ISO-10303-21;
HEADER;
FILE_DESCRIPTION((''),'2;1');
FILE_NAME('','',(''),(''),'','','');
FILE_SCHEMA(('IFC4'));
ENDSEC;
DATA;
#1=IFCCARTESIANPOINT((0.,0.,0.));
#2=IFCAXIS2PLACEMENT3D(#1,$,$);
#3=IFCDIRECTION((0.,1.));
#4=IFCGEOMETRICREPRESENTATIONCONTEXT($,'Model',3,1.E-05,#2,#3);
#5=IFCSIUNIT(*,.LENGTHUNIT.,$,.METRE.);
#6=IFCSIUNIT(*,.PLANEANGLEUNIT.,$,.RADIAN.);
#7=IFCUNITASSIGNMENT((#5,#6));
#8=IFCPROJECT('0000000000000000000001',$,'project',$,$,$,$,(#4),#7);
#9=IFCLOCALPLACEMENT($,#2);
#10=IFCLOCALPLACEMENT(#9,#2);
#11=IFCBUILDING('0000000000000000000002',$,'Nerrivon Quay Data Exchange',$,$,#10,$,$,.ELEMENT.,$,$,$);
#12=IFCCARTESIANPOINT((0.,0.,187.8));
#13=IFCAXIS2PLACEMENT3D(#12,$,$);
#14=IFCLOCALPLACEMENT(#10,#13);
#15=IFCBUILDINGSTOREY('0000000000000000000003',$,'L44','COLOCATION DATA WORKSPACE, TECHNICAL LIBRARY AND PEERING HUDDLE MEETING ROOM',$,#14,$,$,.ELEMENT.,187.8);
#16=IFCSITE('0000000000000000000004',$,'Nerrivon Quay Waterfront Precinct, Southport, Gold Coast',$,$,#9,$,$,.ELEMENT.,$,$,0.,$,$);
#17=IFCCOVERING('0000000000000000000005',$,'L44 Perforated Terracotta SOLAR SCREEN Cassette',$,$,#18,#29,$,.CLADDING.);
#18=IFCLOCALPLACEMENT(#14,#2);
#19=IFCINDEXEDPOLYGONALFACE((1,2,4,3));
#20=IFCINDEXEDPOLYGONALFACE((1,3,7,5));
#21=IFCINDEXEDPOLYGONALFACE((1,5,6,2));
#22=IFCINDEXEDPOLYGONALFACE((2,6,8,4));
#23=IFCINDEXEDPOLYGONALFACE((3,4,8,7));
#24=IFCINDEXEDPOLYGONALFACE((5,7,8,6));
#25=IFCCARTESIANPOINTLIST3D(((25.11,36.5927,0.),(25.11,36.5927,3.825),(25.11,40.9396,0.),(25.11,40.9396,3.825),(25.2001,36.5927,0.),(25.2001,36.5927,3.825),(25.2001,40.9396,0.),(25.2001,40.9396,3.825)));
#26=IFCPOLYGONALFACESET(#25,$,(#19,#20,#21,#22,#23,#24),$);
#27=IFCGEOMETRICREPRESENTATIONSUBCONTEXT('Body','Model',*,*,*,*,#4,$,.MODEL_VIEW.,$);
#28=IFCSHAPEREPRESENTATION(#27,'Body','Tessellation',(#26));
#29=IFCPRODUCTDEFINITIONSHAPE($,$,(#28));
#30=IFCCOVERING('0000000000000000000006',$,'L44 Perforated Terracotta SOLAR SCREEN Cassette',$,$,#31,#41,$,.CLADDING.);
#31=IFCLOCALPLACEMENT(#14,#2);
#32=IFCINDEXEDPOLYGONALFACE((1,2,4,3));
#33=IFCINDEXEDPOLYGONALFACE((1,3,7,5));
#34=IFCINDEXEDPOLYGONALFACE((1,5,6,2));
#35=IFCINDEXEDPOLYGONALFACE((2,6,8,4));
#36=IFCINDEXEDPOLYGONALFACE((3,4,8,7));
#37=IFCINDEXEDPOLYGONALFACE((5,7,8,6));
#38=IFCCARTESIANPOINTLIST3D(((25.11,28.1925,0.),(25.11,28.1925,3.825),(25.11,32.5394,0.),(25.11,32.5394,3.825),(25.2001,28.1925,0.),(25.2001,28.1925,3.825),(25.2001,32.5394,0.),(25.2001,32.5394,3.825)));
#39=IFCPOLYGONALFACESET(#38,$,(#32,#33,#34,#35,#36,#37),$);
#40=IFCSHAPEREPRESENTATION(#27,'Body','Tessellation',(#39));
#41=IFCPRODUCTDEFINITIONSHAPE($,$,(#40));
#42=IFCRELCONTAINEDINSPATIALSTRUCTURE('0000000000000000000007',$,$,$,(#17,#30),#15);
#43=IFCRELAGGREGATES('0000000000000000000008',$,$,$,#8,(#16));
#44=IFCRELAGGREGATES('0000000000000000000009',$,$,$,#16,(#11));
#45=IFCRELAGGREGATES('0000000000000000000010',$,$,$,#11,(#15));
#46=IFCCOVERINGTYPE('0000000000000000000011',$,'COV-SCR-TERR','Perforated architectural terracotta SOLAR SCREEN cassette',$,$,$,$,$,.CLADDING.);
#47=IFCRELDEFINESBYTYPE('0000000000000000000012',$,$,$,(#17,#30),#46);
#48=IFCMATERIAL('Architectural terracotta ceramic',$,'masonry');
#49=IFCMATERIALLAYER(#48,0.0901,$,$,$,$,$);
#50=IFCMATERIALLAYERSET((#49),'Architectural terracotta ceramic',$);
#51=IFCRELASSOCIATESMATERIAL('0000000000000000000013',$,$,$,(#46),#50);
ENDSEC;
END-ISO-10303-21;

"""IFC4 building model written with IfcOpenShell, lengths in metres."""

from ifc_helpers import new_model, si_unit, direction, frame, origin, origin_2d, place, context, subcontext, project, spatial, rectangle, extrude, material, layer, layer_set, type_object, element, save


model = new_model("IFC4")

# Units and contexts
model_context = context("Model", 3, precision=1e-05, world=origin(), true_north=direction((0.0, 1.0)))
body_context = subcontext(model_context, "Body", "Model", "MODEL_VIEW")
ifc_project = project(units=[si_unit("LENGTHUNIT", "METRE"), si_unit("PLANEANGLEUNIT", "RADIAN")], contexts=[model_context])

# Site, building, storey
site_placement = place(None, origin())
site = spatial("IfcSite", under=ifc_project, at=site_placement, Name="Nerrivon Quay Waterfront Precinct, Southport, Gold Coast", CompositionType="ELEMENT", RefElevation=0.0)
building_placement = place(site_placement, origin())
building = spatial("IfcBuilding", under=site, at=building_placement, Name="Nerrivon Quay Data Exchange", CompositionType="ELEMENT")
storey_placement = place(building_placement, frame((0.0, 0.0, 187.8)))
storey = spatial("IfcBuildingStorey", under=building, at=storey_placement, Name="L44", Description="COLOCATION DATA WORKSPACE, TECHNICAL LIBRARY AND PEERING HUDDLE MEETING ROOM", CompositionType="ELEMENT", Elevation=187.8)

# Coverings
ifc_material_1 = material(Name="Architectural terracotta ceramic", Category="masonry")
ifc_layer_1 = layer(ifc_material_1, 0.0901)
ifc_layer_set_1 = layer_set([ifc_layer_1], Name="Architectural terracotta ceramic")
covering_type = type_object("IfcCoveringType", Name="COV-SCR-TERR", Description="Perforated architectural terracotta SOLAR SCREEN cassette", PredefinedType="CLADDING", material=ifc_layer_set_1)
for number, where, z_axis, x_axis, name in (
    (1, (25.155, 38.7661, 0.0), (0.0, 0.0, 1.0), (0.0, -1.0, 0.0), "L44 Perforated Terracotta SOLAR SCREEN Cassette"),
    (2, (25.155, 30.366, 0.0), (0.0, 0.0, 1.0), (0.0, -1.0, 0.0), "L44 Perforated Terracotta SOLAR SCREEN Cassette"),
):
    element("IfcCovering", number, at=place(storey_placement, frame(where, z_axis=z_axis, x_axis=x_axis)), inside=storey, type_object=covering_type, Name=name, PredefinedType="CLADDING", context=body_context, shape_type="SweptSolid", body=[
        extrude(rectangle(XDim=4.3469, YDim=0.0901, at=origin_2d()), origin(), (0.0, 0.0, 1.0), 3.825),
    ])

save(model, "model.ifc")
